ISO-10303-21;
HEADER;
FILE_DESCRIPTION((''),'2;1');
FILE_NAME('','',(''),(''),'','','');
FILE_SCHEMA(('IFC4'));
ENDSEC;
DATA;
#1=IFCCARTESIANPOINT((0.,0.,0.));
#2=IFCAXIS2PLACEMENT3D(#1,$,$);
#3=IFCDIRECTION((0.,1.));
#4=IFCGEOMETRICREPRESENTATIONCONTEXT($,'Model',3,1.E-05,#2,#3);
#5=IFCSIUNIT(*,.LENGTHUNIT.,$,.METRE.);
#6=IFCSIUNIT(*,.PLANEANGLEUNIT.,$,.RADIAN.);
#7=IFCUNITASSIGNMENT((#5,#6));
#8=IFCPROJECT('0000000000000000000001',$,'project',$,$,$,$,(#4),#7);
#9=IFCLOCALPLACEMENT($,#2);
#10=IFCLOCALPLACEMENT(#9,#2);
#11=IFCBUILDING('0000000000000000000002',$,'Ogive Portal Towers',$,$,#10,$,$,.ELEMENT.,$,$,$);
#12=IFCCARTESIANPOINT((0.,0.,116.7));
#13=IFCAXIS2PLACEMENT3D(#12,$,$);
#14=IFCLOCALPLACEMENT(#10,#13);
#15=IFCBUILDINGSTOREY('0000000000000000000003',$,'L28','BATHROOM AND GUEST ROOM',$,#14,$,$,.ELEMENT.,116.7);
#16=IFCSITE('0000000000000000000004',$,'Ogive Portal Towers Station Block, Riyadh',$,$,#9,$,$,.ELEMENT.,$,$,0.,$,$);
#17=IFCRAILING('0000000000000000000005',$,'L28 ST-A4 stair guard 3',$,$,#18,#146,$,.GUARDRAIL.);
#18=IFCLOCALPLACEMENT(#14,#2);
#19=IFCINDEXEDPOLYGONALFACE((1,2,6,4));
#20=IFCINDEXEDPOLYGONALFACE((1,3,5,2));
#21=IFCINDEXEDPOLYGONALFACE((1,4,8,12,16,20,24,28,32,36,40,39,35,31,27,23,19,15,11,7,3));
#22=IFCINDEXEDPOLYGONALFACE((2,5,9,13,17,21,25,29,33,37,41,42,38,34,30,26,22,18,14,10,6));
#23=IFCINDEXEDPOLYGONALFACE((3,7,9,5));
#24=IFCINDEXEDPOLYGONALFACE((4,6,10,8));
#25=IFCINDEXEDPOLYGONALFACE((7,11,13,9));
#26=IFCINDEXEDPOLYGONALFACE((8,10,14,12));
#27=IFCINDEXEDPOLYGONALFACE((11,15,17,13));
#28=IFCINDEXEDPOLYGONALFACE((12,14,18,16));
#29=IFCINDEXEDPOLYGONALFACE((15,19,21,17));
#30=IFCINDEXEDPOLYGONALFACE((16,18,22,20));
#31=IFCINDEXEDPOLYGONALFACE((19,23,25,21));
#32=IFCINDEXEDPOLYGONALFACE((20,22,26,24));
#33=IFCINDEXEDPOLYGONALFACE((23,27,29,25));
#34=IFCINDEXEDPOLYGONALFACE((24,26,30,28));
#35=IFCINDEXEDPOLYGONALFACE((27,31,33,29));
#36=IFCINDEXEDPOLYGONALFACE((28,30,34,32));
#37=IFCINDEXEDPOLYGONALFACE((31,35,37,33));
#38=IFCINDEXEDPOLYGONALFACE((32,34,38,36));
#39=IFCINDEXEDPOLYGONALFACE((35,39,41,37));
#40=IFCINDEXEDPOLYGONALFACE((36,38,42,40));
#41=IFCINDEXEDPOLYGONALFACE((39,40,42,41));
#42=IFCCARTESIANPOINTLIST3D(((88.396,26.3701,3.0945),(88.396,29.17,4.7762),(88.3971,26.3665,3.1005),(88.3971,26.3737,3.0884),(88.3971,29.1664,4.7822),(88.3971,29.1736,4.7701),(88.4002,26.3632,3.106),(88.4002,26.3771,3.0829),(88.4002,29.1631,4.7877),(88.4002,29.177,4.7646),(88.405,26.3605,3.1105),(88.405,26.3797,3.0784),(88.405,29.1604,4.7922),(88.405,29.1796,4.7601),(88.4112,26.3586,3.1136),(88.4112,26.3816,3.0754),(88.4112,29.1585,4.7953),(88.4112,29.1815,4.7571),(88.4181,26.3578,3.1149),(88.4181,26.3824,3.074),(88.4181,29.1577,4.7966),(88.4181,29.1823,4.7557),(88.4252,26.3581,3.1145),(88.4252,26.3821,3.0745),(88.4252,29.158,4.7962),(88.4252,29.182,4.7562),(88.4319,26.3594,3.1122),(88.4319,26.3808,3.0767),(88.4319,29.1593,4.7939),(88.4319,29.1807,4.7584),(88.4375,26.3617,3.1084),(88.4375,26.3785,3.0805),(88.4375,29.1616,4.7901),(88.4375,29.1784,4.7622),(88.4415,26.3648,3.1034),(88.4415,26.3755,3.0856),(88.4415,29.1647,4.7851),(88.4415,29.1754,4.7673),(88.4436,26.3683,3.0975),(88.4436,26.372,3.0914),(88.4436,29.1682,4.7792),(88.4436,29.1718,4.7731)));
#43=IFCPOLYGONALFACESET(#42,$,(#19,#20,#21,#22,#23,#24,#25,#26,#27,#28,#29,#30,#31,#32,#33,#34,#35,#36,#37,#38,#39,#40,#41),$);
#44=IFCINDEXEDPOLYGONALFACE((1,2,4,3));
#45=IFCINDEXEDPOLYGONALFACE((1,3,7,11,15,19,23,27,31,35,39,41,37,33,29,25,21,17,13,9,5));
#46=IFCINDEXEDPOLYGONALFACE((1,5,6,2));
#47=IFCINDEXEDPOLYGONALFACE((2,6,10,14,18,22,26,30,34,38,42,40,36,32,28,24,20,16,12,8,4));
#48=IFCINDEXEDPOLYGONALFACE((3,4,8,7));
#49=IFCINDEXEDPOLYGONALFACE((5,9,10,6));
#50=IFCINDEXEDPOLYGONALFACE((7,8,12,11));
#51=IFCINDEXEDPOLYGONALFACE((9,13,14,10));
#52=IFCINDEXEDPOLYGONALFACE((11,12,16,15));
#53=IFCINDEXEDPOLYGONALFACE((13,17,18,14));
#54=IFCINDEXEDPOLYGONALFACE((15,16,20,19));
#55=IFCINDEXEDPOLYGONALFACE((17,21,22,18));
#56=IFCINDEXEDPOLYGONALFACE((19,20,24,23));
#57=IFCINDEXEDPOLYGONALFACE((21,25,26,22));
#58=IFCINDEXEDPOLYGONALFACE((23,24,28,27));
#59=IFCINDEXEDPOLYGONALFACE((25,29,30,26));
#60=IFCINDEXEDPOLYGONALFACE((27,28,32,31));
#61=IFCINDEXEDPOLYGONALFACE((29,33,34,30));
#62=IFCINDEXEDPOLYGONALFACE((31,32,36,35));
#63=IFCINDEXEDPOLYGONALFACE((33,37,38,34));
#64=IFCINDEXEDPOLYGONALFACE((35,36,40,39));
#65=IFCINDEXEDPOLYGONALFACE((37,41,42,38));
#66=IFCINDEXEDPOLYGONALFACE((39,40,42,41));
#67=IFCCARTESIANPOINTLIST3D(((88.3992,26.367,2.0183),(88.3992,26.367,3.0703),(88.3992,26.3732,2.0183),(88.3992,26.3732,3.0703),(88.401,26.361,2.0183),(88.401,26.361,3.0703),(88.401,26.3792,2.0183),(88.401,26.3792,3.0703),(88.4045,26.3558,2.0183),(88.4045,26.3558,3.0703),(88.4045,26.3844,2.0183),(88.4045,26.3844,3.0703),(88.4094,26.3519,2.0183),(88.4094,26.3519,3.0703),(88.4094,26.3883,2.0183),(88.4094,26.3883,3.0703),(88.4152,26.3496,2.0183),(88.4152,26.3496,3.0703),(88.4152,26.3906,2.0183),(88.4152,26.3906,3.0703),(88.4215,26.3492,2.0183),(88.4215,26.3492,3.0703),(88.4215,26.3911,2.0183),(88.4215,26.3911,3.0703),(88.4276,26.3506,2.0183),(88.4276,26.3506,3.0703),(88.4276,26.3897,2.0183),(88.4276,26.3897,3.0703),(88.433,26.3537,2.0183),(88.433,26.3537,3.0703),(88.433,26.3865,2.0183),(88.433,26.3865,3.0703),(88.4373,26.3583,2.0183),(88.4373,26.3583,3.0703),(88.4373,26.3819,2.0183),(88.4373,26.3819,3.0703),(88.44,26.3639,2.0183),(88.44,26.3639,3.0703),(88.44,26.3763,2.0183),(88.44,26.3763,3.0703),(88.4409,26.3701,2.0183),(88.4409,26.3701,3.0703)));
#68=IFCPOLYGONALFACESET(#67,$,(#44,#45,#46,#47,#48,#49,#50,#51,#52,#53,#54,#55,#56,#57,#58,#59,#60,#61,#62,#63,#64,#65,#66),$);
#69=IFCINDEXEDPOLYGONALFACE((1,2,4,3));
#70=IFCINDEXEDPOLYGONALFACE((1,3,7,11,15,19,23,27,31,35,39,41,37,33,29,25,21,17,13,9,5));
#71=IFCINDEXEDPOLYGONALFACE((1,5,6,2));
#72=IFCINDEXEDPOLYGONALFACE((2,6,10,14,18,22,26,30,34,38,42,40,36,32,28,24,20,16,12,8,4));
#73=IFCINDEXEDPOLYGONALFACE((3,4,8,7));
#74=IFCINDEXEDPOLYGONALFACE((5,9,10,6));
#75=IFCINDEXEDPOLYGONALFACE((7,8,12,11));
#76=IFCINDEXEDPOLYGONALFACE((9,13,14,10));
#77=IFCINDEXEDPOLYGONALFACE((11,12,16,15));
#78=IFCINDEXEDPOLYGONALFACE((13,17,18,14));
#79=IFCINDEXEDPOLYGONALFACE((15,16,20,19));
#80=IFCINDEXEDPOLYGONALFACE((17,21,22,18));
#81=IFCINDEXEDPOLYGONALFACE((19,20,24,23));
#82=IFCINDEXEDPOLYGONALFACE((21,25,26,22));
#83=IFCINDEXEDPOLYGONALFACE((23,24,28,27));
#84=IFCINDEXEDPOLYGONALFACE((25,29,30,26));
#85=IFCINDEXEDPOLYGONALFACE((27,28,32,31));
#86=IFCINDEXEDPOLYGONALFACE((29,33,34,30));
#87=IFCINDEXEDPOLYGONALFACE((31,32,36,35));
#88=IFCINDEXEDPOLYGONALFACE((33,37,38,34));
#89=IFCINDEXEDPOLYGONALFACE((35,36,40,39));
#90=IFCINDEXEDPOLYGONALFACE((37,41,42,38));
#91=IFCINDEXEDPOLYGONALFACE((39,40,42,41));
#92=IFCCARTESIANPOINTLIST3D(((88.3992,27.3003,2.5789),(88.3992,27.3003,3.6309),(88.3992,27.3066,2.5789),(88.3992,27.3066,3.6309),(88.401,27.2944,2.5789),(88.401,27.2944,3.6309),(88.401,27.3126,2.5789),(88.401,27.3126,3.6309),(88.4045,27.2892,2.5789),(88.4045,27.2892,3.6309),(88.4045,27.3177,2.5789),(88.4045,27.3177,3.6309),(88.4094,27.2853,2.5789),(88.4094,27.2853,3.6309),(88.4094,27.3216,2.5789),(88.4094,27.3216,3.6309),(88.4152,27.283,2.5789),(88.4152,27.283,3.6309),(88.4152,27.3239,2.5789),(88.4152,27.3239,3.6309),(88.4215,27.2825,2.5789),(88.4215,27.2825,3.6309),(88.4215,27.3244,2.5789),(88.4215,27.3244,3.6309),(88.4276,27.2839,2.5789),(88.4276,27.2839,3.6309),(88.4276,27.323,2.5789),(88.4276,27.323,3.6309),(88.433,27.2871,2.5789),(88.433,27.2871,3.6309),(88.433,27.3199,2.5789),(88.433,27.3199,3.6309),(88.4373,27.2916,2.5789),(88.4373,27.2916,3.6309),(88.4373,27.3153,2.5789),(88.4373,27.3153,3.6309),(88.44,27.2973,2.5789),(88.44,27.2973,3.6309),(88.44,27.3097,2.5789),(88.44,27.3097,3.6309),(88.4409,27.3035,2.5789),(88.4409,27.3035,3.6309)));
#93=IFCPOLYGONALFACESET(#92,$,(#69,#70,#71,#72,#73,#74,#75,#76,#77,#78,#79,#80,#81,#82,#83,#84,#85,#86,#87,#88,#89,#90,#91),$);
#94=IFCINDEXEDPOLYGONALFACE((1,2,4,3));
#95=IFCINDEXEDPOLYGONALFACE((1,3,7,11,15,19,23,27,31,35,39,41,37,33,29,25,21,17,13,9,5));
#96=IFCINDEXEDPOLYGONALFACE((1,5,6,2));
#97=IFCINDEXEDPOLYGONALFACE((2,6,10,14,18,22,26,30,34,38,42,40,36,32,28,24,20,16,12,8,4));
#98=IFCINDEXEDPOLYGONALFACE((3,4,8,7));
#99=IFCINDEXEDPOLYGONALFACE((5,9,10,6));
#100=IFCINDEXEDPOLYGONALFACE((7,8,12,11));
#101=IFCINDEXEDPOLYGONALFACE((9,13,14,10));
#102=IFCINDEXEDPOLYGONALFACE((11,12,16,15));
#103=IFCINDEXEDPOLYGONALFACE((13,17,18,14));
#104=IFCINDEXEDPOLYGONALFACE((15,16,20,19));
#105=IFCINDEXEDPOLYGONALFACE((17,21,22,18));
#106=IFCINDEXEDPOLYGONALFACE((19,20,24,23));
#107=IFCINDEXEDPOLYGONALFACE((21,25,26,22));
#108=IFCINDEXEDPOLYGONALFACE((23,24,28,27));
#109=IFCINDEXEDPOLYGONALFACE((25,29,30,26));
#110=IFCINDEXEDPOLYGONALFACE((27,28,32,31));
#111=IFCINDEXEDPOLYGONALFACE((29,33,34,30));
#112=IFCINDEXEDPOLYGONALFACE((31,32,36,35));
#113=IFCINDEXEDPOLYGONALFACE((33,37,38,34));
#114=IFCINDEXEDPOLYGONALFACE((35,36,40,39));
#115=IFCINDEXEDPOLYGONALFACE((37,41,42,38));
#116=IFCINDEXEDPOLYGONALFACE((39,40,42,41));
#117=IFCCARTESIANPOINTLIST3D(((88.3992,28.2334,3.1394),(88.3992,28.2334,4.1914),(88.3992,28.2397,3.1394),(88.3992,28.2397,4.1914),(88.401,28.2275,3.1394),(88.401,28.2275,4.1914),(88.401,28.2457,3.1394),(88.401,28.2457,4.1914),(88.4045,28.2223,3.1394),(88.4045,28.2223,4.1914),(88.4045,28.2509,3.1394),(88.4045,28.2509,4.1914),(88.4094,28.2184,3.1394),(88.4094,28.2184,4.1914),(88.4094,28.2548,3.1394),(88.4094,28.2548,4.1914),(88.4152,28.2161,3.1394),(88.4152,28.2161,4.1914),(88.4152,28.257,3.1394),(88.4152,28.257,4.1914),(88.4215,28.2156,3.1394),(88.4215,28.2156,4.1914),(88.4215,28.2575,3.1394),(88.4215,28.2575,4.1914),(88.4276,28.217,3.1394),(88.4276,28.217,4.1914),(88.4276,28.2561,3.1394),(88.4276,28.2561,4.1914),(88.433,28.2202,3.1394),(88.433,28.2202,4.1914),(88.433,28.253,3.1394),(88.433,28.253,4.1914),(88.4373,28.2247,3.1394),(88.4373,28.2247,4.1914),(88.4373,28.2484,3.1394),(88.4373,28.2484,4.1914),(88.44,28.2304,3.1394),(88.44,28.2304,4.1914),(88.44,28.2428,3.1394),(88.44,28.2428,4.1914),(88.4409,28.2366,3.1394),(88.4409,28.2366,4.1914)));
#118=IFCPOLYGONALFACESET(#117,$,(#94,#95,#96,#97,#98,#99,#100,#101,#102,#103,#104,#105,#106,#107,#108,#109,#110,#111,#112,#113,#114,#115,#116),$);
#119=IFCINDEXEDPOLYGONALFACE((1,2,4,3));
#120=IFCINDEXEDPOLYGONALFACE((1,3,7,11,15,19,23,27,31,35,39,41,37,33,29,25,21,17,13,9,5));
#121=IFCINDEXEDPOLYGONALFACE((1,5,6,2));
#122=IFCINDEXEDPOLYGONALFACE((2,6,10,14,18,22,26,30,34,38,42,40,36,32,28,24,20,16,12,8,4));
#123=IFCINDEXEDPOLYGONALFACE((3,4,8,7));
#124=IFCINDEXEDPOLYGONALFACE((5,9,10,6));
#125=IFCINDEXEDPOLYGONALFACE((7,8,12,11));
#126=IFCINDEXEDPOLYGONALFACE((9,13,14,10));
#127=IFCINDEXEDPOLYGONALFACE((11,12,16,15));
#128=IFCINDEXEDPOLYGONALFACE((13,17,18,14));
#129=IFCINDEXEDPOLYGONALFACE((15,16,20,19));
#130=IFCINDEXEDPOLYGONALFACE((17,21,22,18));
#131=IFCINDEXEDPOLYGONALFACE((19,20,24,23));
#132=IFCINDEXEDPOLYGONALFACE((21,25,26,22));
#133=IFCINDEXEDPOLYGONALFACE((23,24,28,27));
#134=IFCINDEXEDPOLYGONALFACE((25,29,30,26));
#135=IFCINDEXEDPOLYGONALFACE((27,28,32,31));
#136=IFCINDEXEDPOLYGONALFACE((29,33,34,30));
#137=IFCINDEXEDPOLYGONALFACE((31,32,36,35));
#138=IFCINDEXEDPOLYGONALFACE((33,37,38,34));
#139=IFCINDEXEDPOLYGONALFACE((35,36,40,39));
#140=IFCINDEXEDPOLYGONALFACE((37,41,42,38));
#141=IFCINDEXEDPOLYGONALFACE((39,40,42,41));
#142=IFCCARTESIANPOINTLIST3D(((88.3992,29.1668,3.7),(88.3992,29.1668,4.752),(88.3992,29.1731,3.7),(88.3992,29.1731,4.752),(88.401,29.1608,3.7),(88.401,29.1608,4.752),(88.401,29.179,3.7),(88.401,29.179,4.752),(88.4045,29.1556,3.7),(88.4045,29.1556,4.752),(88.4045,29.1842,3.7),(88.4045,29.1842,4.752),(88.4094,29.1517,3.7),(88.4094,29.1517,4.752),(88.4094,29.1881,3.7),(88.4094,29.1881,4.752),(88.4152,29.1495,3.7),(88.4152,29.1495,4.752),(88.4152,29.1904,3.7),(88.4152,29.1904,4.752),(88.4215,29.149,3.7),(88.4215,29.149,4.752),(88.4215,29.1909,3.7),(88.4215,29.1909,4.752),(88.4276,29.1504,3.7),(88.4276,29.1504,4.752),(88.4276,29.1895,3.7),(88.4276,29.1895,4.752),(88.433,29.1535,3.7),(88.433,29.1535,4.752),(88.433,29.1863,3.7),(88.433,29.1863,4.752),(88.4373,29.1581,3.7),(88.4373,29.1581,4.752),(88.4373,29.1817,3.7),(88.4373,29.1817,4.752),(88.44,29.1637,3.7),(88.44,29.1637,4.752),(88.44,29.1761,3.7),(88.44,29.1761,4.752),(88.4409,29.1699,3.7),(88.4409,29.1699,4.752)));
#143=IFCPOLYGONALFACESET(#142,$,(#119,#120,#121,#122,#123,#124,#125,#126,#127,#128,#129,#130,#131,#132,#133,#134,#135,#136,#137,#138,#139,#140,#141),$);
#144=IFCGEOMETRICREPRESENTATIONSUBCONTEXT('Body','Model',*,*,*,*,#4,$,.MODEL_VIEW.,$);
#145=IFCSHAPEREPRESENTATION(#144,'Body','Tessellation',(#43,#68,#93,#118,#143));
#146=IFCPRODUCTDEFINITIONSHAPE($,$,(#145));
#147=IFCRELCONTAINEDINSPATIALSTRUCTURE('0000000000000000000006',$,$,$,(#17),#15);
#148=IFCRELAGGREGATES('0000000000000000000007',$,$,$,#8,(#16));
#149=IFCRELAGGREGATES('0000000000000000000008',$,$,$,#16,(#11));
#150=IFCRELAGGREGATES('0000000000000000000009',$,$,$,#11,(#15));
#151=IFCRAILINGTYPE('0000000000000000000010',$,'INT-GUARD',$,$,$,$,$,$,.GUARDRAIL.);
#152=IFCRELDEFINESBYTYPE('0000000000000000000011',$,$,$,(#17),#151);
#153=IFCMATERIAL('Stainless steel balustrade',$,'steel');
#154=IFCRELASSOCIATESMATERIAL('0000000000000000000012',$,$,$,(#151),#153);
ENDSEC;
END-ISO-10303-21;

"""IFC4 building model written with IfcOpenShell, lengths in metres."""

from ifc_helpers import new_model, si_unit, direction, frame, origin, origin_2d, place, context, subcontext, project, spatial, circle, extrude, material, type_object, element, save


model = new_model("IFC4")

# Units and contexts
model_context = context("Model", 3, precision=1e-05, world=origin(), true_north=direction((0.0, 1.0)))
body_context = subcontext(model_context, "Body", "Model", "MODEL_VIEW")
ifc_project = project(units=[si_unit("LENGTHUNIT", "METRE"), si_unit("PLANEANGLEUNIT", "RADIAN")], contexts=[model_context])

# Site, building, storey
site_placement = place(None, origin())
site = spatial("IfcSite", under=ifc_project, at=site_placement, Name="Ogive Portal Towers Station Block, Riyadh", CompositionType="ELEMENT", RefElevation=0.0)
building_placement = place(site_placement, origin())
building = spatial("IfcBuilding", under=site, at=building_placement, Name="Ogive Portal Towers", CompositionType="ELEMENT")
storey_placement = place(building_placement, frame((0.0, 0.0, 116.7)))
storey = spatial("IfcBuildingStorey", under=building, at=storey_placement, Name="L28", Description="BATHROOM AND GUEST ROOM", CompositionType="ELEMENT", Elevation=116.7)

# Railing
ifc_material_1 = material(Name="Stainless steel balustrade", Category="steel")
railing_type = type_object("IfcRailingType", Name="INT-GUARD", PredefinedType="GUARDRAIL", material=ifc_material_1)
railing_1_placement = place(storey_placement, frame((88.4199, 26.3701, 2.0183)))
element("IfcRailing", 1, at=railing_1_placement, inside=storey, type_object=railing_type, Name="L28 ST-A4 stair guard 3", PredefinedType="GUARDRAIL", context=body_context, shape_type="SweptSolid", body=[
    extrude(circle(Radius=0.0239, at=origin_2d()), frame((0.0, 0.0, 1.0762), z_axis=(0.0, 0.857255, 0.514891), x_axis=(-1.0, 0.0, 0.0)), (0.0, 0.0, 1.0), 3.2661),
    extrude(circle(Radius=0.021, at=origin_2d()), origin(), (0.0, 0.0, 1.0), 1.052),
    extrude(circle(Radius=0.021, at=origin_2d()), frame((0.0, 0.9333, 0.5605)), (0.0, 0.0, 1.0), 1.052),
    extrude(circle(Radius=0.021, at=origin_2d()), frame((0.0, 1.8665, 1.1211)), (0.0, 0.0, 1.0), 1.052),
    extrude(circle(Radius=0.021, at=origin_2d()), frame((0.0, 2.7998, 1.6816)), (0.0, 0.0, 1.0), 1.052),
])

save(model, "model.ifc")
